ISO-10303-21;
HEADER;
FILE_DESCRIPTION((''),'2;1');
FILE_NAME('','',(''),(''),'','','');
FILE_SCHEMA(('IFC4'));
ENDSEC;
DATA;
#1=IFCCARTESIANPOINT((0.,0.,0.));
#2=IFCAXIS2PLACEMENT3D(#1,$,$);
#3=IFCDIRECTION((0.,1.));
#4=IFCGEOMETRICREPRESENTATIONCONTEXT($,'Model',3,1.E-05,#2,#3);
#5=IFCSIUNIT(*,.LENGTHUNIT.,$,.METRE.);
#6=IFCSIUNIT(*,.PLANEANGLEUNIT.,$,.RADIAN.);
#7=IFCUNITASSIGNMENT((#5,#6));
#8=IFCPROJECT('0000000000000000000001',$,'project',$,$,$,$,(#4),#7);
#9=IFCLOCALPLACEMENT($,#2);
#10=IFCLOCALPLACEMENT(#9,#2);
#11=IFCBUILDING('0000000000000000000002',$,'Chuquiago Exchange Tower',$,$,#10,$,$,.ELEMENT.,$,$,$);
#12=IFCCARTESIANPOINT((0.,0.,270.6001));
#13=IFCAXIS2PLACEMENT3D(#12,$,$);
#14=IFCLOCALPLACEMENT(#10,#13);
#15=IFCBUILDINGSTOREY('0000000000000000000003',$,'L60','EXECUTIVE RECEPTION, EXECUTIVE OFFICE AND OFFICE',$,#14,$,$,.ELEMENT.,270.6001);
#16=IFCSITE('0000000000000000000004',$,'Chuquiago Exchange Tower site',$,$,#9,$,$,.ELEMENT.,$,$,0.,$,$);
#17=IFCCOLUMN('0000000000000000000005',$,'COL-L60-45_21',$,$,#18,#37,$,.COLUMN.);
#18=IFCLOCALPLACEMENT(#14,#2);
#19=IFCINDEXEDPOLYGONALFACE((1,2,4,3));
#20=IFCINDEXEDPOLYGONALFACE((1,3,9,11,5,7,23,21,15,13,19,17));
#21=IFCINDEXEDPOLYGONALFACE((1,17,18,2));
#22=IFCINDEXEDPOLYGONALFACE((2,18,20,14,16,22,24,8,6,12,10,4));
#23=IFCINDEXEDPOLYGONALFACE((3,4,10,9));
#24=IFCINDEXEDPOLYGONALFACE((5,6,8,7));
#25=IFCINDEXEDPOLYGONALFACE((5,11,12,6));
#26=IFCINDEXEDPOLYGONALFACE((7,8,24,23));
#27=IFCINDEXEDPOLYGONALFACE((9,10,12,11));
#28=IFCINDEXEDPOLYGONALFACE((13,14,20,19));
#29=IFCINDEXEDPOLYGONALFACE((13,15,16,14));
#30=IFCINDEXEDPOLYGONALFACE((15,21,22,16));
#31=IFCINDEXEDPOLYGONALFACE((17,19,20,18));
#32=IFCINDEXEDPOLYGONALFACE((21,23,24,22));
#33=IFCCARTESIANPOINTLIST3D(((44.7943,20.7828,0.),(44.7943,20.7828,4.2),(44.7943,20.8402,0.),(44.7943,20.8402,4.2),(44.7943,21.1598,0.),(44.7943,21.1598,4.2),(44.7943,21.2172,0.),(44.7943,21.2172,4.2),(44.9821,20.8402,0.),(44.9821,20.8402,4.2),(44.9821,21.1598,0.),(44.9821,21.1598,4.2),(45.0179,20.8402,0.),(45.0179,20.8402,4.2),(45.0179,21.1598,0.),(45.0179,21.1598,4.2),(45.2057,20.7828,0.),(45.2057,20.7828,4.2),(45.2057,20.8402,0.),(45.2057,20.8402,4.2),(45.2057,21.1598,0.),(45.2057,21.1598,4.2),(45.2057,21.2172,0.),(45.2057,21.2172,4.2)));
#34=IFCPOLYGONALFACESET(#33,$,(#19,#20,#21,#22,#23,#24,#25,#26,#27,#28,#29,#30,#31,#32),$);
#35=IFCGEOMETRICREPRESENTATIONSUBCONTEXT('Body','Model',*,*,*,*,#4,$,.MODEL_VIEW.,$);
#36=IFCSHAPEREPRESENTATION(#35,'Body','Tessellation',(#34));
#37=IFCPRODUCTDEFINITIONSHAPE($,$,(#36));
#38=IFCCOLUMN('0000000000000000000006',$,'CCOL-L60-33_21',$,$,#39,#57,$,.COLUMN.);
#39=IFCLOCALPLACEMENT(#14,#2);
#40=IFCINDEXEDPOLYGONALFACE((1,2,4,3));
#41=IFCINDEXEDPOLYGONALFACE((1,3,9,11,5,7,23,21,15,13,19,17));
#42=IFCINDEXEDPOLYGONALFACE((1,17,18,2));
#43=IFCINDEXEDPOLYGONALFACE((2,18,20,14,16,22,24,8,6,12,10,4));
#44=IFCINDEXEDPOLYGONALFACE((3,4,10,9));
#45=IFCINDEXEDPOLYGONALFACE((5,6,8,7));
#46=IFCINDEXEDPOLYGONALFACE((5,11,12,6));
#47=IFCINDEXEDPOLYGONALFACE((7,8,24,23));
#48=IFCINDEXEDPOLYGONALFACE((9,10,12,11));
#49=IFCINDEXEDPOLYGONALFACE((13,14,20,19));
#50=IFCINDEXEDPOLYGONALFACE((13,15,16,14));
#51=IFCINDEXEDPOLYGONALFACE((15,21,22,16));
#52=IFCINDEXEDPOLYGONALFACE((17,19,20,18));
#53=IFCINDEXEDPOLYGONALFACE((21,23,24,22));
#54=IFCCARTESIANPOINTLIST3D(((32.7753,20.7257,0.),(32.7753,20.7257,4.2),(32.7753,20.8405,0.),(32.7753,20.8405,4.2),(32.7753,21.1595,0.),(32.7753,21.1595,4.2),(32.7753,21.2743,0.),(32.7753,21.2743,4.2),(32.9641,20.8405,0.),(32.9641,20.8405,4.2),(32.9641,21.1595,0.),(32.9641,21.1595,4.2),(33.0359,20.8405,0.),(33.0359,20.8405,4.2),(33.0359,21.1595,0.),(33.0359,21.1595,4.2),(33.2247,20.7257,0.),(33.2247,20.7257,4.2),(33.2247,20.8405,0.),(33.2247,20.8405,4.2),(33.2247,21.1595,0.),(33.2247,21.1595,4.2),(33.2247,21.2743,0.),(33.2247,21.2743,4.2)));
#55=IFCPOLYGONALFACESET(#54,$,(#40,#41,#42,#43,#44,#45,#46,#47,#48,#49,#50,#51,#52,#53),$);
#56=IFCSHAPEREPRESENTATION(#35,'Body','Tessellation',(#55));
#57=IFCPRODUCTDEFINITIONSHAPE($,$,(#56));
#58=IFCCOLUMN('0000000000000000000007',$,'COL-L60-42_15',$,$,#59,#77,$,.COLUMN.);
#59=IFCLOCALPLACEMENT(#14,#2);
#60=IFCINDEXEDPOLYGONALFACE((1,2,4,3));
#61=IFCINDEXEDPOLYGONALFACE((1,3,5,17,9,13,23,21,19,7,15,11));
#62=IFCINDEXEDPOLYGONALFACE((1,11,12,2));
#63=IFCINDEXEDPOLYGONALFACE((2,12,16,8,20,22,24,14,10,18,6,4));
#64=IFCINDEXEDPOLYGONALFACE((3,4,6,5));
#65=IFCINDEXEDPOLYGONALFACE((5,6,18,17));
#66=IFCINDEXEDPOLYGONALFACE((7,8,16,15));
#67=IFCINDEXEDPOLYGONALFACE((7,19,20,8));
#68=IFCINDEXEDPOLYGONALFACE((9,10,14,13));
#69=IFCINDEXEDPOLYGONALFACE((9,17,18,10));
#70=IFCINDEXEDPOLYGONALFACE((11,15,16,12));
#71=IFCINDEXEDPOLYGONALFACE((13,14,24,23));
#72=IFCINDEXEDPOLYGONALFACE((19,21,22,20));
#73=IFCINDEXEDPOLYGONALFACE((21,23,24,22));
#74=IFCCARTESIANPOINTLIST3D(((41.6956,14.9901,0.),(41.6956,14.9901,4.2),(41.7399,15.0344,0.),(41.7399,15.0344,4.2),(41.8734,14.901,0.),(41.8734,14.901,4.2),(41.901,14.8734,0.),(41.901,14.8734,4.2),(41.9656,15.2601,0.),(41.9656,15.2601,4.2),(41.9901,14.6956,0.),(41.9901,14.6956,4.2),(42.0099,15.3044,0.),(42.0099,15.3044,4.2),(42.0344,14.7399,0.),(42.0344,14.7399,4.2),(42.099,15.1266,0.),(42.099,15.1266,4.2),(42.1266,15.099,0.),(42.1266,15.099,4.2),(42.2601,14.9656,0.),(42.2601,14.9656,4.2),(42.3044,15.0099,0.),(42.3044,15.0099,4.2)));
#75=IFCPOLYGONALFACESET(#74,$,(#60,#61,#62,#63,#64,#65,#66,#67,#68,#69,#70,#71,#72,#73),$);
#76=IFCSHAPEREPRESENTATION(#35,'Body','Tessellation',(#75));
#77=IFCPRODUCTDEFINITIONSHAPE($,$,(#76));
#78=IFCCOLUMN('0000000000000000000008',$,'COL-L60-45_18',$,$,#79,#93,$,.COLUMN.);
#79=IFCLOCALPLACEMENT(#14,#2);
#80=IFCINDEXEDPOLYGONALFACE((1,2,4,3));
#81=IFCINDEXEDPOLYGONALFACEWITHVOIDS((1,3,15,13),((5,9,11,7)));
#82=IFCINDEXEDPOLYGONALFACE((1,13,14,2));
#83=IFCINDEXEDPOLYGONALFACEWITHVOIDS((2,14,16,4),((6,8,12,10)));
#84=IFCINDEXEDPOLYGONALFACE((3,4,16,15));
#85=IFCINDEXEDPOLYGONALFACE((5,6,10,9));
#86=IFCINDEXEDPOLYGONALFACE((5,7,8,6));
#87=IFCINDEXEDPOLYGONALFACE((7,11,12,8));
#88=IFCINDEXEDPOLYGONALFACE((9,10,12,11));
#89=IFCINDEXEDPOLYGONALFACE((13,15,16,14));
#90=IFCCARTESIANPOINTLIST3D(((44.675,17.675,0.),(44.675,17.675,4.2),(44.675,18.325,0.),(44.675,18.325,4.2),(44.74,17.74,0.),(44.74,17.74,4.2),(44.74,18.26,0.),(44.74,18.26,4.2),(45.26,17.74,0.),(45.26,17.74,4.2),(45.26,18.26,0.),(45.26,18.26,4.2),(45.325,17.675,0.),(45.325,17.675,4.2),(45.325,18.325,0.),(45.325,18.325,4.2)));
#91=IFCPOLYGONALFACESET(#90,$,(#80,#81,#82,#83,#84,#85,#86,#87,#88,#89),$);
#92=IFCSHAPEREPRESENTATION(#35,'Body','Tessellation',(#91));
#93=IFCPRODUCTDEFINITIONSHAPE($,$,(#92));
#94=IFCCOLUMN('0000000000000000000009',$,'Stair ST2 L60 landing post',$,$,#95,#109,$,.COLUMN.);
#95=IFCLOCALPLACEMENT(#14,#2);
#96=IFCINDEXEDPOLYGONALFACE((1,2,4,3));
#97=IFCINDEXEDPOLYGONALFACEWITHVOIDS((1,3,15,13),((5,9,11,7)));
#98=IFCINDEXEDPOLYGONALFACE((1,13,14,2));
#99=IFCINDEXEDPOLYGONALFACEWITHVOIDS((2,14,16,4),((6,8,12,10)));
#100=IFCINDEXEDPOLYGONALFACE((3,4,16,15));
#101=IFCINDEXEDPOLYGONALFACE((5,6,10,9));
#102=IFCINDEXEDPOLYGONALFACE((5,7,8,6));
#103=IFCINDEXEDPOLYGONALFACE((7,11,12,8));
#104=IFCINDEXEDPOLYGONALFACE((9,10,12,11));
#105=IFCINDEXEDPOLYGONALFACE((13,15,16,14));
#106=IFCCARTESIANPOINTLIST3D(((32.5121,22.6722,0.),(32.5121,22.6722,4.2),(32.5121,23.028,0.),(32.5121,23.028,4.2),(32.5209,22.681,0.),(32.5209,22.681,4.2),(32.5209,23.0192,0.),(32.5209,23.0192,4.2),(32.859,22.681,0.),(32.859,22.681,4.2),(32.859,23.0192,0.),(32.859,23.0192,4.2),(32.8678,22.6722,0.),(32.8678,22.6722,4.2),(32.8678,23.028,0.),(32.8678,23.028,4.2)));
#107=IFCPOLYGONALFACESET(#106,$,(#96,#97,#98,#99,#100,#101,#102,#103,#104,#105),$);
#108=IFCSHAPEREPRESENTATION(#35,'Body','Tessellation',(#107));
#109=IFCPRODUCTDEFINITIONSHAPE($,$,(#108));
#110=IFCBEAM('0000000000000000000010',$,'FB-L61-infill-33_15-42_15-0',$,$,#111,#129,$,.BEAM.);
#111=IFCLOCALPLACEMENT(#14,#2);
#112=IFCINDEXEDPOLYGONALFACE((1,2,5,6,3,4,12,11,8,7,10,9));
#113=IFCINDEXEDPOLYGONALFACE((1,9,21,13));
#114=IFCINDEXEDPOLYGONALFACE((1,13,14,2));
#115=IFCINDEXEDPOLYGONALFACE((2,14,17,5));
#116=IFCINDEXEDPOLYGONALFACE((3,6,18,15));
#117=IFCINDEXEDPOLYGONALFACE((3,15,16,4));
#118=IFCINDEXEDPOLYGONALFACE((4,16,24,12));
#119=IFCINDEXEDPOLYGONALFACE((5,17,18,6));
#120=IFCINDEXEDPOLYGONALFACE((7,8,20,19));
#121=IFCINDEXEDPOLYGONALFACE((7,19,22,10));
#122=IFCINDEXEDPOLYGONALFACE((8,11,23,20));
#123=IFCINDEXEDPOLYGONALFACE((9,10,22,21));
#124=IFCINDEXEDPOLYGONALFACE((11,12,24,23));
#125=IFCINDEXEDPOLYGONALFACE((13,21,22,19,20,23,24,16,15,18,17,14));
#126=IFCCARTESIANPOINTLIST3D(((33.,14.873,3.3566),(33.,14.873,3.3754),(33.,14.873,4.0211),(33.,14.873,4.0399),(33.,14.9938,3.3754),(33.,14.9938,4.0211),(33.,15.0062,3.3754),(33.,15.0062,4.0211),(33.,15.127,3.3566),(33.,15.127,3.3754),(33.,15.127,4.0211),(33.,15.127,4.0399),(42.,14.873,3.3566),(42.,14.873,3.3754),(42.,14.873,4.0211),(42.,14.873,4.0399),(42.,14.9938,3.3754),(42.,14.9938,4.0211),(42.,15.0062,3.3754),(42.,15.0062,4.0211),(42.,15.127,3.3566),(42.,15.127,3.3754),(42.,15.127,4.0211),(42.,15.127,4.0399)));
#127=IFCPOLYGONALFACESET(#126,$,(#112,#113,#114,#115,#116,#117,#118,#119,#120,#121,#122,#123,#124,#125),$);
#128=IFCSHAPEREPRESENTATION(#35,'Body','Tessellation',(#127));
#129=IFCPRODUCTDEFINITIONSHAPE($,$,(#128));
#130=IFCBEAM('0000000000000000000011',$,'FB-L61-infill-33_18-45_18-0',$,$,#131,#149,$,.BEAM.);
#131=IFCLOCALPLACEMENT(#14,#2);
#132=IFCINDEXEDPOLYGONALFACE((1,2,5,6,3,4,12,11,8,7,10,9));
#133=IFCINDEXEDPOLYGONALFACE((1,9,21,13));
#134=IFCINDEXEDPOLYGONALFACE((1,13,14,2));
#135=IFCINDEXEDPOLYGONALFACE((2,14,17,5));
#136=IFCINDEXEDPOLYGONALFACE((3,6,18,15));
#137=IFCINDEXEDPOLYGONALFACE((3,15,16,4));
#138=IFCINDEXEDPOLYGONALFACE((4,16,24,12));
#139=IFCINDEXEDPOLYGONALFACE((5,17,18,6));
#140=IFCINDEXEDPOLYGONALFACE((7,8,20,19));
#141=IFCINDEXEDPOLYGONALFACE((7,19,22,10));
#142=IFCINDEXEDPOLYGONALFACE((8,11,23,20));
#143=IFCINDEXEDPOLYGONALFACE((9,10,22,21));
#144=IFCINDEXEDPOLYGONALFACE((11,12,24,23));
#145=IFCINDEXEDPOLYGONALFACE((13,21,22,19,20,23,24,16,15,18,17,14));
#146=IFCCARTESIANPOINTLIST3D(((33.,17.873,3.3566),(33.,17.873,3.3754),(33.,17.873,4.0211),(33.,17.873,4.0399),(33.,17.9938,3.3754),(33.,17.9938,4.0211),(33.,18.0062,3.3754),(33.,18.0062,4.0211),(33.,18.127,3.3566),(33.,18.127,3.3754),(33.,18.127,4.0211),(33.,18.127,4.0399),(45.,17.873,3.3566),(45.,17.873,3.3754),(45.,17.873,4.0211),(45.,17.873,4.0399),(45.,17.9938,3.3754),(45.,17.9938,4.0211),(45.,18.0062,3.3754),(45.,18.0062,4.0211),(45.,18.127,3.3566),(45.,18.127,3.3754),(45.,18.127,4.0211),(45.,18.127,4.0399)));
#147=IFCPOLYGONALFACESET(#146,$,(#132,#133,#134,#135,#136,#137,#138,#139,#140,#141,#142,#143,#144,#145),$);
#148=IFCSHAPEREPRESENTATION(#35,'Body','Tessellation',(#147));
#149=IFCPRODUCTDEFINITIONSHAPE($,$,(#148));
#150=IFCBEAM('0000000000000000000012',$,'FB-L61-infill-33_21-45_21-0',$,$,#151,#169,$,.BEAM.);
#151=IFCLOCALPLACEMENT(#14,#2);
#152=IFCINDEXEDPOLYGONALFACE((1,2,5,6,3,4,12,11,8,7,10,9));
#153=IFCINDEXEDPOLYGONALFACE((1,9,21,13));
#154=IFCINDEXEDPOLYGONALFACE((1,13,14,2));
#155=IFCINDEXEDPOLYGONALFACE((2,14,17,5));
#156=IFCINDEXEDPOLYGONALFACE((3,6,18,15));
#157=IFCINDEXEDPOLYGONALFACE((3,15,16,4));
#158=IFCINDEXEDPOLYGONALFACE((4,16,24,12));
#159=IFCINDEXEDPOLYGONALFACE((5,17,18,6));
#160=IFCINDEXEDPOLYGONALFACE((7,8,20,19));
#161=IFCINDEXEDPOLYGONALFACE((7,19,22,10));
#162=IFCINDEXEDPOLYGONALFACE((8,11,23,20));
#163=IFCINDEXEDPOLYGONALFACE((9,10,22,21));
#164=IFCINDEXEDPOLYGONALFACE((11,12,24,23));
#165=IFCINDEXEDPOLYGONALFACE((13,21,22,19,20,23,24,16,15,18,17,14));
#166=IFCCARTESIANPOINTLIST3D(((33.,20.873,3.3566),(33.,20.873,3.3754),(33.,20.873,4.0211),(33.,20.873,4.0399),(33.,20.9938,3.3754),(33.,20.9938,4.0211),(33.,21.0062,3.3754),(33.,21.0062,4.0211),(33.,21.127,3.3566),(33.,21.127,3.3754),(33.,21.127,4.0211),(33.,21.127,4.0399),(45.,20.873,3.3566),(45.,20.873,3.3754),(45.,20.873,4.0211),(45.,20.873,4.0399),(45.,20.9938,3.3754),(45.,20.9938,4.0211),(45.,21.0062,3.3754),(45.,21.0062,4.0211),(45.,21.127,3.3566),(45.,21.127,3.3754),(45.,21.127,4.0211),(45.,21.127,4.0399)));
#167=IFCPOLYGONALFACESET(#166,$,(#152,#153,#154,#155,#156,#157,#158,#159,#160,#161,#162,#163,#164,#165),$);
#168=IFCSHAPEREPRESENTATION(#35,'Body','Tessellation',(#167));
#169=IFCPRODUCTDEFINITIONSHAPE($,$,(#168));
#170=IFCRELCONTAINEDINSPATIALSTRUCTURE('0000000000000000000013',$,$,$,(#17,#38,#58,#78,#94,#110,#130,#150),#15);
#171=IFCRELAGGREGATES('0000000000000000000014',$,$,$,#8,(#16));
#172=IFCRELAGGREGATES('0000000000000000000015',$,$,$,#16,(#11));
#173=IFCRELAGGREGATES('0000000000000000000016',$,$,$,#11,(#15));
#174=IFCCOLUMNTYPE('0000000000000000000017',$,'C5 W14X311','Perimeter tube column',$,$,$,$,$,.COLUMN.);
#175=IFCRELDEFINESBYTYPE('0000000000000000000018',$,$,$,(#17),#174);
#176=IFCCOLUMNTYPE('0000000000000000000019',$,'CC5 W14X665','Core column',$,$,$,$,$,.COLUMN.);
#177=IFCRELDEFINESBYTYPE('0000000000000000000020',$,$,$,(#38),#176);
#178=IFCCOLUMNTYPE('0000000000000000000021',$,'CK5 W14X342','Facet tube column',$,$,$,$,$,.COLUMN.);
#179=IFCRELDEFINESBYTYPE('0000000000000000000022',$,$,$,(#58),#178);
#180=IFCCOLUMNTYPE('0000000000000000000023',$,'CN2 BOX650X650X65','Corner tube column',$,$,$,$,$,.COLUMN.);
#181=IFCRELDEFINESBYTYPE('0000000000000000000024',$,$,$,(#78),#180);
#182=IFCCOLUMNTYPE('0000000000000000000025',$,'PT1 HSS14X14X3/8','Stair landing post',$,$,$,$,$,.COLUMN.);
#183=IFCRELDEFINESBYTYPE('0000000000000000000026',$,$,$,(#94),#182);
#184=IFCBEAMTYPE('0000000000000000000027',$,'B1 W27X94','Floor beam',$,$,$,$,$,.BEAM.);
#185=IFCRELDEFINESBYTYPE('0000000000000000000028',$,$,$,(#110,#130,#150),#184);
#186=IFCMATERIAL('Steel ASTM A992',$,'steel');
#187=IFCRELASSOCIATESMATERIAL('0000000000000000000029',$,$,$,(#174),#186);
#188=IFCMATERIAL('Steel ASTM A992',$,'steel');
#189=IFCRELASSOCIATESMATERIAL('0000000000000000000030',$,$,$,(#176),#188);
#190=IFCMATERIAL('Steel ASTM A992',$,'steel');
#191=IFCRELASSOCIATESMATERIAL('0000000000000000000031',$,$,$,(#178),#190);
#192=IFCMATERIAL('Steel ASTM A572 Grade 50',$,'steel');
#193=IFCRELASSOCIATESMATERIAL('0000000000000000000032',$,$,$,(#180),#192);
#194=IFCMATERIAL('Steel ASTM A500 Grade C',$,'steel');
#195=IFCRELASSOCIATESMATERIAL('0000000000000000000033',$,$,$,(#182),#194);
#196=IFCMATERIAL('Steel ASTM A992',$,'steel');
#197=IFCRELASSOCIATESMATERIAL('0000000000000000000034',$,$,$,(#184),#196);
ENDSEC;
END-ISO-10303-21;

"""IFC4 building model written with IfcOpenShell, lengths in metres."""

from ifc_helpers import new_model, si_unit, direction, frame, origin, origin_2d, place, context, subcontext, project, spatial, hollow_rectangle, i_section, extrude, material, material_profile, profile_set, type_object, element, save


model = new_model("IFC4")

# Units and contexts
model_context = context("Model", 3, precision=1e-05, world=origin(), true_north=direction((0.0, 1.0)))
body_context = subcontext(model_context, "Body", "Model", "MODEL_VIEW")
ifc_project = project(units=[si_unit("LENGTHUNIT", "METRE"), si_unit("PLANEANGLEUNIT", "RADIAN")], contexts=[model_context])

# Site, building, storey
site_placement = place(None, origin())
site = spatial("IfcSite", under=ifc_project, at=site_placement, Name="Chuquiago Exchange Tower site", CompositionType="ELEMENT", RefElevation=0.0)
building_placement = place(site_placement, origin())
building = spatial("IfcBuilding", under=site, at=building_placement, Name="Chuquiago Exchange Tower", CompositionType="ELEMENT")
storey_placement = place(building_placement, frame((0.0, 0.0, 270.6001)))
storey = spatial("IfcBuildingStorey", under=building, at=storey_placement, Name="L60", Description="EXECUTIVE RECEPTION, EXECUTIVE OFFICE AND OFFICE", CompositionType="ELEMENT", Elevation=270.6001)

# Columns
ifc_material_1 = material(Name="Steel ASTM A992", Category="steel")
ifc_material_profile_1 = material_profile(ifc_material_1, i_section(OverallWidth=0.4114, OverallDepth=0.4343, WebThickness=0.0359, FlangeThickness=0.0574, at=origin_2d()), Name="W14X311")
ifc_profile_set_1 = profile_set([ifc_material_profile_1], Name="Steel ASTM A992")
column_type_1 = type_object("IfcColumnType", Name="C5 W14X311", Description="Perimeter tube column", PredefinedType="COLUMN", material=ifc_profile_set_1)
column_1_placement = place(storey_placement, frame((45.0, 21.0, 0.0), z_axis=(0.0, 0.0, 1.0), x_axis=(1.0, 0.0, 0.0)))
element("IfcColumn", 1, at=column_1_placement, inside=storey, type_object=column_type_1, Name="COL-L60-45_21", PredefinedType="COLUMN", context=body_context, shape_type="SweptSolid", body=[
    extrude(i_section(OverallWidth=0.4114, OverallDepth=0.4343, WebThickness=0.0359, FlangeThickness=0.0574, at=origin_2d()), origin(), (0.0, 0.0, 1.0), 4.2),
])
ifc_material_2 = material(Name="Steel ASTM A992", Category="steel")
ifc_material_profile_2 = material_profile(ifc_material_2, i_section(OverallWidth=0.4495, OverallDepth=0.5486, WebThickness=0.0718, FlangeThickness=0.1147, at=origin_2d()), Name="W14X665")
ifc_profile_set_2 = profile_set([ifc_material_profile_2], Name="Steel ASTM A992")
column_type_2 = type_object("IfcColumnType", Name="CC5 W14X665", Description="Core column", PredefinedType="COLUMN", material=ifc_profile_set_2)
column_2_placement = place(storey_placement, frame((33.0, 21.0, 0.0), z_axis=(0.0, 0.0, 1.0), x_axis=(1.0, 0.0, 0.0)))
element("IfcColumn", 2, at=column_2_placement, inside=storey, type_object=column_type_2, Name="CCOL-L60-33_21", PredefinedType="COLUMN", context=body_context, shape_type="SweptSolid", body=[
    extrude(i_section(OverallWidth=0.4495, OverallDepth=0.5486, WebThickness=0.0718, FlangeThickness=0.1147, at=origin_2d()), origin(), (0.0, 0.0, 1.0), 4.2),
])
ifc_material_3 = material(Name="Steel ASTM A992", Category="steel")
ifc_material_profile_3 = material_profile(ifc_material_3, i_section(OverallWidth=0.4165, OverallDepth=0.4446, WebThickness=0.0391, FlangeThickness=0.0627, at=origin_2d()), Name="W14X342")
ifc_profile_set_3 = profile_set([ifc_material_profile_3], Name="Steel ASTM A992")
column_type_3 = type_object("IfcColumnType", Name="CK5 W14X342", Description="Facet tube column", PredefinedType="COLUMN", material=ifc_profile_set_3)
column_3_placement = place(storey_placement, frame((42.0, 15.0, 0.0), z_axis=(0.0, 0.0, 1.0), x_axis=(0.707107, -0.707107, 0.0)))
element("IfcColumn", 3, at=column_3_placement, inside=storey, type_object=column_type_3, Name="COL-L60-42_15", PredefinedType="COLUMN", context=body_context, shape_type="SweptSolid", body=[
    extrude(i_section(OverallWidth=0.4165, OverallDepth=0.4446, WebThickness=0.0391, FlangeThickness=0.0627, at=origin_2d()), origin(), (0.0, 0.0, 1.0), 4.2),
])
ifc_material_4 = material(Name="Steel ASTM A572 Grade 50", Category="steel")
ifc_material_profile_4 = material_profile(ifc_material_4, hollow_rectangle(XDim=0.6499, YDim=0.6499, WallThickness=0.0649, at=origin_2d()), Name="BOX650X650X65")
ifc_profile_set_4 = profile_set([ifc_material_profile_4], Name="Steel ASTM A572 Grade 50")
column_type_4 = type_object("IfcColumnType", Name="CN2 BOX650X650X65", Description="Corner tube column", PredefinedType="COLUMN", material=ifc_profile_set_4)
column_4_placement = place(storey_placement, frame((45.0, 18.0, 0.0), z_axis=(0.0, 0.0, 1.0), x_axis=(1.0, 0.0, 0.0)))
element("IfcColumn", 4, at=column_4_placement, inside=storey, type_object=column_type_4, Name="COL-L60-45_18", PredefinedType="COLUMN", context=body_context, shape_type="SweptSolid", body=[
    extrude(hollow_rectangle(XDim=0.6499, YDim=0.6499, WallThickness=0.0649, at=origin_2d()), origin(), (0.0, 0.0, 1.0), 4.2),
])
ifc_material_5 = material(Name="Steel ASTM A500 Grade C", Category="steel")
ifc_material_profile_5 = material_profile(ifc_material_5, hollow_rectangle(XDim=0.3557, YDim=0.3557, WallThickness=0.0088, at=origin_2d()), Name="HSS14X14X3/8")
ifc_profile_set_5 = profile_set([ifc_material_profile_5], Name="Steel ASTM A500 Grade C")
column_type_5 = type_object("IfcColumnType", Name="PT1 HSS14X14X3/8", Description="Stair landing post", PredefinedType="COLUMN", material=ifc_profile_set_5)
column_5_placement = place(storey_placement, frame((32.6899, 22.8501, 0.0), z_axis=(0.0, 0.0, 1.0), x_axis=(1.0, 0.0, 0.0)))
element("IfcColumn", 5, at=column_5_placement, inside=storey, type_object=column_type_5, Name="Stair ST2 L60 landing post", PredefinedType="COLUMN", context=body_context, shape_type="SweptSolid", body=[
    extrude(hollow_rectangle(XDim=0.3557, YDim=0.3557, WallThickness=0.0088, at=origin_2d()), origin(), (0.0, 0.0, 1.0), 4.2),
])

# Beams
ifc_material_6 = material(Name="Steel ASTM A992", Category="steel")
ifc_material_profile_6 = material_profile(ifc_material_6, i_section(OverallWidth=0.2539, OverallDepth=0.6833, WebThickness=0.0125, FlangeThickness=0.0188, at=origin_2d()), Name="W27X94")
ifc_profile_set_6 = profile_set([ifc_material_profile_6], Name="Steel ASTM A992")
beam_type_1 = type_object("IfcBeamType", Name="B1 W27X94", Description="Floor beam", PredefinedType="BEAM", material=ifc_profile_set_6)
beam_1_placement = place(storey_placement, frame((33.0, 15.0, 3.6982), z_axis=(1.0, 0.0, 0.0), x_axis=(0.0, 1.0, 0.0)))
element("IfcBeam", 6, at=beam_1_placement, inside=storey, type_object=beam_type_1, Name="FB-L61-infill-33_15-42_15-0", PredefinedType="BEAM", context=body_context, shape_type="SweptSolid", body=[
    extrude(i_section(OverallWidth=0.2539, OverallDepth=0.6833, WebThickness=0.0125, FlangeThickness=0.0188, at=origin_2d()), origin(), (0.0, 0.0, 1.0), 9.0),
])
for number, where, z_axis, x_axis, name in (
    (7, (33.0, 18.0, 3.6982), (1.0, 0.0, 0.0), (0.0, 1.0, 0.0), "FB-L61-infill-33_18-45_18-0"),
    (8, (33.0, 21.0, 3.6982), (1.0, 0.0, 0.0), (0.0, 1.0, 0.0), "FB-L61-infill-33_21-45_21-0"),
):
    element("IfcBeam", number, at=place(storey_placement, frame(where, z_axis=z_axis, x_axis=x_axis)), inside=storey, type_object=beam_type_1, Name=name, PredefinedType="BEAM", context=body_context, shape_type="SweptSolid", body=[
        extrude(i_section(OverallWidth=0.2539, OverallDepth=0.6833, WebThickness=0.0125, FlangeThickness=0.0188, at=origin_2d()), origin(), (0.0, 0.0, 1.0), 12.0),
    ])

save(model, "model.ifc")
